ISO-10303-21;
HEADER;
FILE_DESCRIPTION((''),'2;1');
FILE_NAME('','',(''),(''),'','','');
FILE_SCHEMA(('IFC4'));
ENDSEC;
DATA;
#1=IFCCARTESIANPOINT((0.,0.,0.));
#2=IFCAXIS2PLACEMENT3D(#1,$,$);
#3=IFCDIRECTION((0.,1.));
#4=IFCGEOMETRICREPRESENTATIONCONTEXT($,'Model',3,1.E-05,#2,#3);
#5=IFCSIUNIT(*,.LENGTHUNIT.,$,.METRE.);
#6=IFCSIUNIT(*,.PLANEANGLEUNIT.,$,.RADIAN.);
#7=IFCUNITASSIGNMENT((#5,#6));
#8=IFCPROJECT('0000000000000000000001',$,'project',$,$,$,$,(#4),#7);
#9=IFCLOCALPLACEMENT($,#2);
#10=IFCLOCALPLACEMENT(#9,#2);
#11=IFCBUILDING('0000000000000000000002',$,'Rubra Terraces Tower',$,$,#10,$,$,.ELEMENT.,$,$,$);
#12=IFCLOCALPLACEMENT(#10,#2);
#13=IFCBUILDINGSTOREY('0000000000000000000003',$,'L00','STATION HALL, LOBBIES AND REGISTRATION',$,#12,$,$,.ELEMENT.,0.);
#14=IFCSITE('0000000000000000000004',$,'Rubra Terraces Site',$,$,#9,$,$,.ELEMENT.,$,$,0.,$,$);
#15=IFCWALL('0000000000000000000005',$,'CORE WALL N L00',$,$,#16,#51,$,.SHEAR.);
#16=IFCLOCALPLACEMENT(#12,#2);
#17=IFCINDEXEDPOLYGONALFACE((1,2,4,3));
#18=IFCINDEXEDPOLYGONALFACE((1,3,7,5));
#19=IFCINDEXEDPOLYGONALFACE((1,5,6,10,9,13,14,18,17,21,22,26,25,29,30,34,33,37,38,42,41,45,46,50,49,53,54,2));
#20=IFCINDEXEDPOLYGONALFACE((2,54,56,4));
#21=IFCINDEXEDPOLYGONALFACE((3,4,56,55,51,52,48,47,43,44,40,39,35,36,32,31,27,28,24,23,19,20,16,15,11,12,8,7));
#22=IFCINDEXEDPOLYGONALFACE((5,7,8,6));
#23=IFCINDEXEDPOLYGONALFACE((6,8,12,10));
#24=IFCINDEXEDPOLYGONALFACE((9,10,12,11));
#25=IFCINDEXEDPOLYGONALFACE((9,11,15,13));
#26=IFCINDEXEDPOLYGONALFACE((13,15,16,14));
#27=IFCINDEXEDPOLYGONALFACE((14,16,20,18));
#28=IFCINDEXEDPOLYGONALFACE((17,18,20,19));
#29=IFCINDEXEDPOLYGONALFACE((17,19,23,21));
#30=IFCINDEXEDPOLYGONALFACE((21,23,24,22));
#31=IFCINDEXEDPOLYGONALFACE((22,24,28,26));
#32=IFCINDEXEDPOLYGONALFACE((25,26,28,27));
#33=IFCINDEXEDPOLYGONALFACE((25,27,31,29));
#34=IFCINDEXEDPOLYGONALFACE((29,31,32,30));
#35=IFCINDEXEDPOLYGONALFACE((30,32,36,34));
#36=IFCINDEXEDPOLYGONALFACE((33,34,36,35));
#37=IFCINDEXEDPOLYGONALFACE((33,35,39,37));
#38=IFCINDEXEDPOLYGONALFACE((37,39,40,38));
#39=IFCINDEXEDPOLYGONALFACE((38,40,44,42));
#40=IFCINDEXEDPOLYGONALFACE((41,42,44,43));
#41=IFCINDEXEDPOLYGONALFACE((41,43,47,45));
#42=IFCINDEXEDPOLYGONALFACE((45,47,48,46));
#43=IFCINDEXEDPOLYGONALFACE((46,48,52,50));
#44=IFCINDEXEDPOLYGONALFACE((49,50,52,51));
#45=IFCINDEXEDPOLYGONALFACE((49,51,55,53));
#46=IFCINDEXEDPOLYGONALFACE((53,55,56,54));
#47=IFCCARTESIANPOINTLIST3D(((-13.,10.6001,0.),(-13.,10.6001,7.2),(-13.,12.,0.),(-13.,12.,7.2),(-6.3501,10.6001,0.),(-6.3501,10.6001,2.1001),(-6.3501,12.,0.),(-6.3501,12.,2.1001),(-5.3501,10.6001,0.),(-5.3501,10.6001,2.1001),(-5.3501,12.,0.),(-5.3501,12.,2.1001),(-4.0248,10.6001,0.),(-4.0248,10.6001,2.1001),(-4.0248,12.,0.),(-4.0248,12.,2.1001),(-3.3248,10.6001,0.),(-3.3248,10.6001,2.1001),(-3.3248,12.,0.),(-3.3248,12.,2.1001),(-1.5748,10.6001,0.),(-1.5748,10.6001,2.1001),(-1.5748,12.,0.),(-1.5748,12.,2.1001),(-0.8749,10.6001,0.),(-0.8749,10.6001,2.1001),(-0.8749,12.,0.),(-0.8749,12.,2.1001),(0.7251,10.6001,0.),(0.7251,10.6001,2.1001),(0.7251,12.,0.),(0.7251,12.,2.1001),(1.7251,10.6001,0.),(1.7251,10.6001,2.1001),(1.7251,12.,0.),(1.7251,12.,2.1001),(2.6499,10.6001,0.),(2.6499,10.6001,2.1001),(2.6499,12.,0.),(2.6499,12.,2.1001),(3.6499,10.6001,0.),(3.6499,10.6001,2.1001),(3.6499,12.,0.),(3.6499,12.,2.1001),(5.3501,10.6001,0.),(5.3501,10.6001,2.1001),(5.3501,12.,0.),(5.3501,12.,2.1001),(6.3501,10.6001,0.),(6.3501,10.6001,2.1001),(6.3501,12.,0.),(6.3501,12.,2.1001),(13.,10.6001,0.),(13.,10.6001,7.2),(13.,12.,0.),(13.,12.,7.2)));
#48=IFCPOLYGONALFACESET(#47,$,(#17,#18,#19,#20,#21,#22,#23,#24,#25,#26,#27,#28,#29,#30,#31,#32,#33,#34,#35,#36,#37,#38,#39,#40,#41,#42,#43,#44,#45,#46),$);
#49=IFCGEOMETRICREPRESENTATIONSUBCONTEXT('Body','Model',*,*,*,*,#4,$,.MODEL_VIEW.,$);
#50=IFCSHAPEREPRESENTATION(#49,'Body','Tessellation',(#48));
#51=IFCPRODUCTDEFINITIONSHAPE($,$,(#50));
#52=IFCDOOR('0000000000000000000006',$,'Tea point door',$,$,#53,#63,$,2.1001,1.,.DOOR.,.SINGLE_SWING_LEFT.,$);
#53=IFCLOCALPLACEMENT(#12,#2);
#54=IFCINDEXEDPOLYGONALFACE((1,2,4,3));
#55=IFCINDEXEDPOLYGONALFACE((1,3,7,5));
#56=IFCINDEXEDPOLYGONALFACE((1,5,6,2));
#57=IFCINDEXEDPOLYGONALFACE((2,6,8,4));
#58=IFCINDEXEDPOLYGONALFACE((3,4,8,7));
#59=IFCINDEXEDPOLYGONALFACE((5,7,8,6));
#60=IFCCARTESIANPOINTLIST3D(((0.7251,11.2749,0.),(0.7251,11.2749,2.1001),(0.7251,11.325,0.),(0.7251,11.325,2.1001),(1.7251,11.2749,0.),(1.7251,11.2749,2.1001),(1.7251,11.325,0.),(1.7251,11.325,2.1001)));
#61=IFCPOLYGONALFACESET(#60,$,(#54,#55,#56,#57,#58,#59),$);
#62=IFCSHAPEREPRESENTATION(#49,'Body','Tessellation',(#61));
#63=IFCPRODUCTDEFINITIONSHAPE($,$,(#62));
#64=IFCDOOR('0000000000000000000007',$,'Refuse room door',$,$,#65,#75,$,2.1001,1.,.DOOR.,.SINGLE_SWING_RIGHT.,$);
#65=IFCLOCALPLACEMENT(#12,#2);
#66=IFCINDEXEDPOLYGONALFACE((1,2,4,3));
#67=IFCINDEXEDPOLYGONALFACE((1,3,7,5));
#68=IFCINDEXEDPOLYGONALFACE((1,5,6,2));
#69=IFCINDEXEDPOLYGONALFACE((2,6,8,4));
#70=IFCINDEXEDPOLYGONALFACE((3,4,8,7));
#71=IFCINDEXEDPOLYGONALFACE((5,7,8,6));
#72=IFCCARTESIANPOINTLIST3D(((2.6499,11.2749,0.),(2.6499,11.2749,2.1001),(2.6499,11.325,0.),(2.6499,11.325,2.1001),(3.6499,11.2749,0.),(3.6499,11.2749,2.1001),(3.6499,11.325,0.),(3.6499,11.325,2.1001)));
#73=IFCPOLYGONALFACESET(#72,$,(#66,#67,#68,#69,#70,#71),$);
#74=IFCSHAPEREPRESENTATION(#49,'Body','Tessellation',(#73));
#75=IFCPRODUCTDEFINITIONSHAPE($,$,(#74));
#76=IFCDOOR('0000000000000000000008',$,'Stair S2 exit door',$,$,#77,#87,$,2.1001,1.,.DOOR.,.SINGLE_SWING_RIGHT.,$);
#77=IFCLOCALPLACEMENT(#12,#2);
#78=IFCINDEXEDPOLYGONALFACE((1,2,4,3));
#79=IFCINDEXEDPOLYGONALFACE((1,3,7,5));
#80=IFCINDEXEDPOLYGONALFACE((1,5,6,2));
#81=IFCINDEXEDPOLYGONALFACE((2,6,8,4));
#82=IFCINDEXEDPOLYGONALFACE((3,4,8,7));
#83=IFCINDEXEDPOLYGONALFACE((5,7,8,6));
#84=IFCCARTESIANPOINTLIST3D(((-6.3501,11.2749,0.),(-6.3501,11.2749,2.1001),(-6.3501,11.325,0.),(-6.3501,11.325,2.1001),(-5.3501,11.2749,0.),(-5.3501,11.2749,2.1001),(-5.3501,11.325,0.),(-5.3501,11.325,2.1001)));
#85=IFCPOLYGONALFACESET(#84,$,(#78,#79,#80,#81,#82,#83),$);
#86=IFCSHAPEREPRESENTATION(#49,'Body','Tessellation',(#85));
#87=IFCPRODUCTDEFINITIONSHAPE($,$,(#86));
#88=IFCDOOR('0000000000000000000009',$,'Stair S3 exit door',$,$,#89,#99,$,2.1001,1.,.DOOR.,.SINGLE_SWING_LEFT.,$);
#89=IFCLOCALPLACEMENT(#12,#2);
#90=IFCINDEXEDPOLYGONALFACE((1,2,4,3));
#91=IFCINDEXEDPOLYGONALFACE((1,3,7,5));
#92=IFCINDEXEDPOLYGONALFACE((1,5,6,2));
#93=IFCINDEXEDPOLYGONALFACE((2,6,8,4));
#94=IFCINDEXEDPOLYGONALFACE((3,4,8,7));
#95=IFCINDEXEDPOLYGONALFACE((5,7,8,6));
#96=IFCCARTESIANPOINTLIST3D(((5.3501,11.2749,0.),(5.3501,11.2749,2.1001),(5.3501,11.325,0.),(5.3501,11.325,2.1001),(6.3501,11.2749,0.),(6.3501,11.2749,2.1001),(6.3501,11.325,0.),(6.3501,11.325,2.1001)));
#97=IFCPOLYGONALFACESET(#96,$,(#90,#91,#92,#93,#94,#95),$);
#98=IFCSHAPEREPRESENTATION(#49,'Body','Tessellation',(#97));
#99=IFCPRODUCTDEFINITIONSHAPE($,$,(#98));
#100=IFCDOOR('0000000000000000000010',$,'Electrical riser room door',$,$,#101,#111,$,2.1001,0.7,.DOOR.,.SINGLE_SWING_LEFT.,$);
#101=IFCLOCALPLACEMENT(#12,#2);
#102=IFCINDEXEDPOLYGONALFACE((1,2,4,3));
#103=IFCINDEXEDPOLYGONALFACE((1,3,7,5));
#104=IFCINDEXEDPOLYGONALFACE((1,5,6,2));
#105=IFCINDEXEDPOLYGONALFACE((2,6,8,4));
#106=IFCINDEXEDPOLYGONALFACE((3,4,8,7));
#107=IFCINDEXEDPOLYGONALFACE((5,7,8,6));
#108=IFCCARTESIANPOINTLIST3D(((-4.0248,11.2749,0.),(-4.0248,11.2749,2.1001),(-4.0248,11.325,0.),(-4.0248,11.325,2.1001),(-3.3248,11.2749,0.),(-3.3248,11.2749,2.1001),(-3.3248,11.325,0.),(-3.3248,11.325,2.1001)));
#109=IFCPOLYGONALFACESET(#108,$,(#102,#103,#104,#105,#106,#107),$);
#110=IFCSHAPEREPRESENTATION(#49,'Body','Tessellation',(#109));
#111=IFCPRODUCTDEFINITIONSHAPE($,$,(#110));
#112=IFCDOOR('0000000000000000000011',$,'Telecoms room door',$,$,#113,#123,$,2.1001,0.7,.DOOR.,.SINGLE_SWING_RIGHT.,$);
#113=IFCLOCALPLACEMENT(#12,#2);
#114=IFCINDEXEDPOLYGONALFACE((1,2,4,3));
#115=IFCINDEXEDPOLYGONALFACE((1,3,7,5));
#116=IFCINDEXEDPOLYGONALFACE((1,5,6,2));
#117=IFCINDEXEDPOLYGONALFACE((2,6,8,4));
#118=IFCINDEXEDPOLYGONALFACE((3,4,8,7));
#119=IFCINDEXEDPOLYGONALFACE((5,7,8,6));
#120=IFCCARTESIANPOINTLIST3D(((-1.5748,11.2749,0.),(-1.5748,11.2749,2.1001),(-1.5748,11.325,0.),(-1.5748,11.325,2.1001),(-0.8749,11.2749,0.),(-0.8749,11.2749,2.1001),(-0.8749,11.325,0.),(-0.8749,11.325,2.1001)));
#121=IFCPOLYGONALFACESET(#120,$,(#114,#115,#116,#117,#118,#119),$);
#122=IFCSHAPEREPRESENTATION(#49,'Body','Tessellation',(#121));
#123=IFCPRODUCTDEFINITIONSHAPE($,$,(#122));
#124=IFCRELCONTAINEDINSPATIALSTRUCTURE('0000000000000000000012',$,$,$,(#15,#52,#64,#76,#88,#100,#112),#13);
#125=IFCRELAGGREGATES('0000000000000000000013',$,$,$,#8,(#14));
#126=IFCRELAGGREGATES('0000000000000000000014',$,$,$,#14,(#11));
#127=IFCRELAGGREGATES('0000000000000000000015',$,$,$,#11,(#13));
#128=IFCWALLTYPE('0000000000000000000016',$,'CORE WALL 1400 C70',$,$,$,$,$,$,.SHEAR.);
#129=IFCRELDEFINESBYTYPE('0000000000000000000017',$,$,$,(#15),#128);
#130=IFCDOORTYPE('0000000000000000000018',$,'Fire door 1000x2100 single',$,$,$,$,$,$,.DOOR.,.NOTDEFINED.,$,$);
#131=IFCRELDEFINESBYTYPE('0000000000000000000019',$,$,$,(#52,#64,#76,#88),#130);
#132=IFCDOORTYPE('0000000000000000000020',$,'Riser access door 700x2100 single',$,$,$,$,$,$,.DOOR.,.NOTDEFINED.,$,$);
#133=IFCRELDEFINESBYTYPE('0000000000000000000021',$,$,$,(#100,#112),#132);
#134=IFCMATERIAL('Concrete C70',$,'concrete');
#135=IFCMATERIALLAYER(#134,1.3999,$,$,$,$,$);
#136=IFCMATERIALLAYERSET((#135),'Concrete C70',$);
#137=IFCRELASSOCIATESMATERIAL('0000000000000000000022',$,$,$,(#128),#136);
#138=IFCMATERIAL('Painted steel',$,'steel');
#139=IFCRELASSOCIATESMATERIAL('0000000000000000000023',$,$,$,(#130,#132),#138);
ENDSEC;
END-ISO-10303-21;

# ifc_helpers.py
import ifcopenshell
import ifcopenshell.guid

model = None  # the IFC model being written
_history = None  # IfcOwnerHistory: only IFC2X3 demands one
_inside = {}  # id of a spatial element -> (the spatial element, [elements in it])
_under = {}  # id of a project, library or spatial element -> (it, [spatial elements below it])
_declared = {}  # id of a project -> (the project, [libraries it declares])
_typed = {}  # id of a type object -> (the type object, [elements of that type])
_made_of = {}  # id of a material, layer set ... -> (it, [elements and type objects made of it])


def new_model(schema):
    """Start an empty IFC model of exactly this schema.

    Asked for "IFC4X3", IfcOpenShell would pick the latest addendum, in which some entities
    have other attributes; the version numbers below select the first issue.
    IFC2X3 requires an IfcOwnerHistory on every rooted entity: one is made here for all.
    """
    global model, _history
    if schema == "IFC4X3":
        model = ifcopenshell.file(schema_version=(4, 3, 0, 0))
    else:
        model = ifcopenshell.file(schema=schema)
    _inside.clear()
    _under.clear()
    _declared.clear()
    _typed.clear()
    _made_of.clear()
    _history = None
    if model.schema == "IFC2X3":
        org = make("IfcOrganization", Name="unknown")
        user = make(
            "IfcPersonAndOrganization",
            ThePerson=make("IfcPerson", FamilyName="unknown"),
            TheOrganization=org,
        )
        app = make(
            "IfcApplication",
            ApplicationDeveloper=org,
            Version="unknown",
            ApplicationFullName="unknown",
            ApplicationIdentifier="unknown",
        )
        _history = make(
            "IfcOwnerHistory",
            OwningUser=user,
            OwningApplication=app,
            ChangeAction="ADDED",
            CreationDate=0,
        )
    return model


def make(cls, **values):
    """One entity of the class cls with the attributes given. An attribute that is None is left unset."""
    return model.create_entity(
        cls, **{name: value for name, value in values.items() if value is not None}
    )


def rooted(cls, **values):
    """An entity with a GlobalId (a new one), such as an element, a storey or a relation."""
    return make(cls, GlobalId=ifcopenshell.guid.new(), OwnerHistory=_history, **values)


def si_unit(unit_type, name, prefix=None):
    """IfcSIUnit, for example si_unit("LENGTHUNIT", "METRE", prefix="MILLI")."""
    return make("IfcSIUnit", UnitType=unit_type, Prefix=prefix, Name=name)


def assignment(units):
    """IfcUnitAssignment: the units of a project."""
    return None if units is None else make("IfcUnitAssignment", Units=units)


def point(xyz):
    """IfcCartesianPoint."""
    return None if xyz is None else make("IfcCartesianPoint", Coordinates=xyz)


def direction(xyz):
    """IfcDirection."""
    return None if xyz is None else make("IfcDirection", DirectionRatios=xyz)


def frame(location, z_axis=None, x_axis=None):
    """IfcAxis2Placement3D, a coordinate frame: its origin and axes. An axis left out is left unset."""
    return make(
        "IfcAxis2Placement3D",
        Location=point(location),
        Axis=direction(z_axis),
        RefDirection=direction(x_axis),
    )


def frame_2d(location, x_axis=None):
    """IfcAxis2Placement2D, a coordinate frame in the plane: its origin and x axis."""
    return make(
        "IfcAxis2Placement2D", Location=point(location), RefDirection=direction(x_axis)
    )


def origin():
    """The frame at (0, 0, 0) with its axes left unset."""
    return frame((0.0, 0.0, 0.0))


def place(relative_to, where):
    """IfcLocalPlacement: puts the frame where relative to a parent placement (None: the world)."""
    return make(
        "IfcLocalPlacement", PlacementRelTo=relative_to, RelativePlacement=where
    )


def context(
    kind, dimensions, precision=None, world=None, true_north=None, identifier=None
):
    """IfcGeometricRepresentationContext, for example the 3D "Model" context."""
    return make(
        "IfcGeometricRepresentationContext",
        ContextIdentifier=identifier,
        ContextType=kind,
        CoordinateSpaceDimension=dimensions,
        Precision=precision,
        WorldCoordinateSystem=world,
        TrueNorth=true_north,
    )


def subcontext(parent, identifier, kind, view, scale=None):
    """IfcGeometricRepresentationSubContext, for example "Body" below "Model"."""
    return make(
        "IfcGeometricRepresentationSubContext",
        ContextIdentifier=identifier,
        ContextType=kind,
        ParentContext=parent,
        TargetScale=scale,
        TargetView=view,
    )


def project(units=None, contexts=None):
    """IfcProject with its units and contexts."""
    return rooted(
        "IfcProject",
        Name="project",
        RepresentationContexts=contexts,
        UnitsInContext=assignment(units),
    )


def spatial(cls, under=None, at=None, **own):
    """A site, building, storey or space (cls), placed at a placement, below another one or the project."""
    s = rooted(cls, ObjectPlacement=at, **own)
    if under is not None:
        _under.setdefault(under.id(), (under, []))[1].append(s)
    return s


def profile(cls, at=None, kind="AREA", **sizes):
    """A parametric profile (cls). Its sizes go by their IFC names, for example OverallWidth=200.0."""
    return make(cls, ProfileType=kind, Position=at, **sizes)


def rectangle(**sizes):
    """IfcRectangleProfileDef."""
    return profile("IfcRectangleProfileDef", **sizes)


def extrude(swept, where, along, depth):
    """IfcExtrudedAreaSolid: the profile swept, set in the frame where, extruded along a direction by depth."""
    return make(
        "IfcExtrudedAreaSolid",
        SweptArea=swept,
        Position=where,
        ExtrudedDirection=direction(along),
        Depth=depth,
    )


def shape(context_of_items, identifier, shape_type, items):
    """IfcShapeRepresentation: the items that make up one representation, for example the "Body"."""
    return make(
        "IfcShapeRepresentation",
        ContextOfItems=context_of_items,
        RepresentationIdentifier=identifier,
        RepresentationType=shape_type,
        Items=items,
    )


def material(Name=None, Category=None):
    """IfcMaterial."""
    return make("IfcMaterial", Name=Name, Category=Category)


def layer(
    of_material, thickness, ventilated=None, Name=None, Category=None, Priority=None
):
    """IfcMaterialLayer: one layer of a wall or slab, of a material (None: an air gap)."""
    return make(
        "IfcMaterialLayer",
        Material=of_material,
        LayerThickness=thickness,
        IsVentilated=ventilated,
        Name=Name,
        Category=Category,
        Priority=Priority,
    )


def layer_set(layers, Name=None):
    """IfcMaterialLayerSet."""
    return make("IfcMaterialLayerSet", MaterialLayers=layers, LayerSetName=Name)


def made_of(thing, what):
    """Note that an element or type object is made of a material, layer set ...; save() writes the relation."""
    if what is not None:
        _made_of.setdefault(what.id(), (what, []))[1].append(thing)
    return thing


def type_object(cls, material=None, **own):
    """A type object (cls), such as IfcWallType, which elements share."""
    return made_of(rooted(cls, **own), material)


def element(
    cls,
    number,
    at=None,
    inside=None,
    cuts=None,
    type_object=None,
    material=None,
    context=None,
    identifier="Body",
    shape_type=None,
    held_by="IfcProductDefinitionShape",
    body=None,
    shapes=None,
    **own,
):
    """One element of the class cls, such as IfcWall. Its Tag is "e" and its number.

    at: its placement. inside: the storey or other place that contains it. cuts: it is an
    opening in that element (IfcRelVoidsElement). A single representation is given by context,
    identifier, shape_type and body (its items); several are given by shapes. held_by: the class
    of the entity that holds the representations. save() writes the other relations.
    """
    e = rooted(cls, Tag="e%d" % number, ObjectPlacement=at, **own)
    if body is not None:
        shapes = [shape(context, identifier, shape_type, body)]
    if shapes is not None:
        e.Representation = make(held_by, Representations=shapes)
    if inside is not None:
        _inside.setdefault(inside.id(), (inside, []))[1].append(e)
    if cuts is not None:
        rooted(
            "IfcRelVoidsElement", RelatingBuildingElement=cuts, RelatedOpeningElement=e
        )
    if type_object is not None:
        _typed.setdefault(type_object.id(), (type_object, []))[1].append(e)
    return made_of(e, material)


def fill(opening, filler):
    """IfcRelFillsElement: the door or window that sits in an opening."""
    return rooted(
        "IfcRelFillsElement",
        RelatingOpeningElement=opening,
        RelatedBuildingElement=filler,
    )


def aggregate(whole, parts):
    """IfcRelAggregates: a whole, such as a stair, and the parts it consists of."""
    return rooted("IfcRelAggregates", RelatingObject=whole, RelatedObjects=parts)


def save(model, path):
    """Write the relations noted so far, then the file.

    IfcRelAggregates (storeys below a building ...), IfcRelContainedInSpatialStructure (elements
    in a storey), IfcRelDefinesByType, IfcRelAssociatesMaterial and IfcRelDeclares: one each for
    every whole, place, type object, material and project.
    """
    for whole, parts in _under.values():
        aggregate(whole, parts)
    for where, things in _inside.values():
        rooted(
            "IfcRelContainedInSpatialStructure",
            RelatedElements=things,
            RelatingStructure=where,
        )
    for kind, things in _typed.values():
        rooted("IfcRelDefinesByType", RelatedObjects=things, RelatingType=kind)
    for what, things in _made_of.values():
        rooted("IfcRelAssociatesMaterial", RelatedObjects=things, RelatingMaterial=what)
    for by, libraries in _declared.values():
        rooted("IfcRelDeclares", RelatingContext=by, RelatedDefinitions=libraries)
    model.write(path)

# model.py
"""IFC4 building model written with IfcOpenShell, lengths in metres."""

from ifc_helpers import new_model, si_unit, direction, frame, frame_2d, origin, place, context, subcontext, project, spatial, rectangle, extrude, material, layer, layer_set, type_object, element, fill, save


model = new_model("IFC4")

# Units and contexts
model_context = context("Model", 3, precision=1e-05, world=origin(), true_north=direction((0.0, 1.0)))
body_context = subcontext(model_context, "Body", "Model", "MODEL_VIEW")
ifc_project = project(units=[si_unit("LENGTHUNIT", "METRE"), si_unit("PLANEANGLEUNIT", "RADIAN")], contexts=[model_context])

# Site, building, storey
site_placement = place(None, origin())
site = spatial("IfcSite", under=ifc_project, at=site_placement, Name="Rubra Terraces Site", CompositionType="ELEMENT", RefElevation=0.0)
building_placement = place(site_placement, origin())
building = spatial("IfcBuilding", under=site, at=building_placement, Name="Rubra Terraces Tower", CompositionType="ELEMENT")
storey_placement = place(building_placement, origin())
storey = spatial("IfcBuildingStorey", under=building, at=storey_placement, Name="L00", Description="STATION HALL, LOBBIES AND REGISTRATION", CompositionType="ELEMENT", Elevation=0.0)

# Wall, openings, doors
ifc_material_1 = material(Name="Concrete C70", Category="concrete")
ifc_layer_1 = layer(ifc_material_1, 1.3999)
ifc_layer_set_1 = layer_set([ifc_layer_1], Name="Concrete C70")
wall_type_1 = type_object("IfcWallType", Name="CORE WALL 1400 C70", PredefinedType="SHEAR", material=ifc_layer_set_1)
wall_1_placement = place(storey_placement, frame((-13.0, 11.3, 0.0), z_axis=(0.0, 0.0, 1.0), x_axis=(1.0, 0.0, 0.0)))
wall_1 = element("IfcWall", 1, at=wall_1_placement, inside=storey, type_object=wall_type_1, Name="CORE WALL N L00", PredefinedType="SHEAR", context=body_context, shape_type="SweptSolid", body=[
    extrude(rectangle(XDim=26.0, YDim=1.3999, at=frame_2d((13.0, 0.0))), origin(), (0.0, 0.0, 1.0), 7.2),
])
opening_1_placement = place(wall_1_placement, frame((8.9751, 0.0, 0.0)))
opening_1 = element("IfcOpeningElement", 2, at=opening_1_placement, cuts=wall_1, PredefinedType="OPENING", context=body_context, shape_type="SweptSolid", body=[
    extrude(rectangle(XDim=0.7, YDim=2.1001, at=frame_2d((0.3501, 1.05))), frame((0.0, 0.71, 0.0), z_axis=(0.0, -1.0, 0.0), x_axis=(1.0, 0.0, 0.0)), (0.0, 0.0, 1.0), 1.4199),
])
opening_2_placement = place(wall_1_placement, frame((11.425, 0.0, 0.0)))
opening_2 = element("IfcOpeningElement", 3, at=opening_2_placement, cuts=wall_1, PredefinedType="OPENING", context=body_context, shape_type="SweptSolid", body=[
    extrude(rectangle(XDim=0.7, YDim=2.1001, at=frame_2d((0.3501, 1.05))), frame((0.0, 0.71, 0.0), z_axis=(0.0, -1.0, 0.0), x_axis=(1.0, 0.0, 0.0)), (0.0, 0.0, 1.0), 1.4199),
])
opening_3_placement = place(wall_1_placement, frame((13.7251, 0.0, 0.0)))
opening_3 = element("IfcOpeningElement", 4, at=opening_3_placement, cuts=wall_1, PredefinedType="OPENING", context=body_context, shape_type="SweptSolid", body=[
    extrude(rectangle(XDim=1.0, YDim=2.1001, at=frame_2d((0.5, 1.05))), frame((0.0, 0.71, 0.0), z_axis=(0.0, -1.0, 0.0), x_axis=(1.0, 0.0, 0.0)), (0.0, 0.0, 1.0), 1.4199),
])
opening_4_placement = place(wall_1_placement, frame((15.6499, 0.0, 0.0)))
opening_4 = element("IfcOpeningElement", 5, at=opening_4_placement, cuts=wall_1, PredefinedType="OPENING", context=body_context, shape_type="SweptSolid", body=[
    extrude(rectangle(XDim=1.0, YDim=2.1001, at=frame_2d((0.5, 1.05))), frame((0.0, 0.71, 0.0), z_axis=(0.0, -1.0, 0.0), x_axis=(1.0, 0.0, 0.0)), (0.0, 0.0, 1.0), 1.4199),
])
opening_5_placement = place(wall_1_placement, frame((6.6499, 0.0, 0.0)))
opening_5 = element("IfcOpeningElement", 6, at=opening_5_placement, cuts=wall_1, PredefinedType="OPENING", context=body_context, shape_type="SweptSolid", body=[
    extrude(rectangle(XDim=1.0, YDim=2.1001, at=frame_2d((0.5, 1.05))), frame((0.0, 0.71, 0.0), z_axis=(0.0, -1.0, 0.0), x_axis=(1.0, 0.0, 0.0)), (0.0, 0.0, 1.0), 1.4199),
])
opening_6_placement = place(wall_1_placement, frame((18.3501, 0.0, 0.0)))
opening_6 = element("IfcOpeningElement", 7, at=opening_6_placement, cuts=wall_1, PredefinedType="OPENING", context=body_context, shape_type="SweptSolid", body=[
    extrude(rectangle(XDim=1.0, YDim=2.1001, at=frame_2d((0.5, 1.05))), frame((0.0, 0.71, 0.0), z_axis=(0.0, -1.0, 0.0), x_axis=(1.0, 0.0, 0.0)), (0.0, 0.0, 1.0), 1.4199),
])
ifc_material_2 = material(Name="Painted steel", Category="steel")
door_type_1 = type_object("IfcDoorType", Name="Fire door 1000x2100 single", OperationType="NOTDEFINED", PredefinedType="DOOR", material=ifc_material_2)
door_1_placement = place(opening_3_placement, origin())
door_1 = element("IfcDoor", 8, at=door_1_placement, inside=storey, type_object=door_type_1, Name="Tea point door", OperationType="SINGLE_SWING_LEFT", OverallHeight=2.1001, OverallWidth=1.0, PredefinedType="DOOR", context=body_context, shape_type="SweptSolid", body=[
    extrude(rectangle(XDim=1.0, YDim=2.1001, at=frame_2d((0.5, 1.05))), frame((0.0, 0.0249, 0.0), z_axis=(0.0, -1.0, 0.0), x_axis=(1.0, 0.0, 0.0)), (0.0, 0.0, 1.0), 0.05),
])
fill(opening_3, door_1)
door_2_placement = place(opening_4_placement, origin())
door_2 = element("IfcDoor", 9, at=door_2_placement, inside=storey, type_object=door_type_1, Name="Refuse room door", OperationType="SINGLE_SWING_RIGHT", OverallHeight=2.1001, OverallWidth=1.0, PredefinedType="DOOR", context=body_context, shape_type="SweptSolid", body=[
    extrude(rectangle(XDim=1.0, YDim=2.1001, at=frame_2d((0.5, 1.05))), frame((0.0, 0.0249, 0.0), z_axis=(0.0, -1.0, 0.0), x_axis=(1.0, 0.0, 0.0)), (0.0, 0.0, 1.0), 0.05),
])
fill(opening_4, door_2)
door_3_placement = place(opening_5_placement, origin())
door_3 = element("IfcDoor", 10, at=door_3_placement, inside=storey, type_object=door_type_1, Name="Stair S2 exit door", OperationType="SINGLE_SWING_RIGHT", OverallHeight=2.1001, OverallWidth=1.0, PredefinedType="DOOR", context=body_context, shape_type="SweptSolid", body=[
    extrude(rectangle(XDim=1.0, YDim=2.1001, at=frame_2d((0.5, 1.05))), frame((0.0, 0.0249, 0.0), z_axis=(0.0, -1.0, 0.0), x_axis=(1.0, 0.0, 0.0)), (0.0, 0.0, 1.0), 0.05),
])
fill(opening_5, door_3)
door_4_placement = place(opening_6_placement, origin())
door_4 = element("IfcDoor", 11, at=door_4_placement, inside=storey, type_object=door_type_1, Name="Stair S3 exit door", OperationType="SINGLE_SWING_LEFT", OverallHeight=2.1001, OverallWidth=1.0, PredefinedType="DOOR", context=body_context, shape_type="SweptSolid", body=[
    extrude(rectangle(XDim=1.0, YDim=2.1001, at=frame_2d((0.5, 1.05))), frame((0.0, 0.0249, 0.0), z_axis=(0.0, -1.0, 0.0), x_axis=(1.0, 0.0, 0.0)), (0.0, 0.0, 1.0), 0.05),
])
fill(opening_6, door_4)
door_type_2 = type_object("IfcDoorType", Name="Riser access door 700x2100 single", OperationType="NOTDEFINED", PredefinedType="DOOR", material=ifc_material_2)
door_5_placement = place(opening_1_placement, origin())
door_5 = element("IfcDoor", 12, at=door_5_placement, inside=storey, type_object=door_type_2, Name="Electrical riser room door", OperationType="SINGLE_SWING_LEFT", OverallHeight=2.1001, OverallWidth=0.7, PredefinedType="DOOR", context=body_context, shape_type="SweptSolid", body=[
    extrude(rectangle(XDim=0.7, YDim=2.1001, at=frame_2d((0.3501, 1.05))), frame((0.0, 0.0249, 0.0), z_axis=(0.0, -1.0, 0.0), x_axis=(1.0, 0.0, 0.0)), (0.0, 0.0, 1.0), 0.05),
])
fill(opening_1, door_5)
door_6_placement = place(opening_2_placement, origin())
door_6 = element("IfcDoor", 13, at=door_6_placement, inside=storey, type_object=door_type_2, Name="Telecoms room door", OperationType="SINGLE_SWING_RIGHT", OverallHeight=2.1001, OverallWidth=0.7, PredefinedType="DOOR", context=body_context, shape_type="SweptSolid", body=[
    extrude(rectangle(XDim=0.7, YDim=2.1001, at=frame_2d((0.3501, 1.05))), frame((0.0, 0.0249, 0.0), z_axis=(0.0, -1.0, 0.0), x_axis=(1.0, 0.0, 0.0)), (0.0, 0.0, 1.0), 0.05),
])
fill(opening_2, door_6)

save(model, "model.ifc")
